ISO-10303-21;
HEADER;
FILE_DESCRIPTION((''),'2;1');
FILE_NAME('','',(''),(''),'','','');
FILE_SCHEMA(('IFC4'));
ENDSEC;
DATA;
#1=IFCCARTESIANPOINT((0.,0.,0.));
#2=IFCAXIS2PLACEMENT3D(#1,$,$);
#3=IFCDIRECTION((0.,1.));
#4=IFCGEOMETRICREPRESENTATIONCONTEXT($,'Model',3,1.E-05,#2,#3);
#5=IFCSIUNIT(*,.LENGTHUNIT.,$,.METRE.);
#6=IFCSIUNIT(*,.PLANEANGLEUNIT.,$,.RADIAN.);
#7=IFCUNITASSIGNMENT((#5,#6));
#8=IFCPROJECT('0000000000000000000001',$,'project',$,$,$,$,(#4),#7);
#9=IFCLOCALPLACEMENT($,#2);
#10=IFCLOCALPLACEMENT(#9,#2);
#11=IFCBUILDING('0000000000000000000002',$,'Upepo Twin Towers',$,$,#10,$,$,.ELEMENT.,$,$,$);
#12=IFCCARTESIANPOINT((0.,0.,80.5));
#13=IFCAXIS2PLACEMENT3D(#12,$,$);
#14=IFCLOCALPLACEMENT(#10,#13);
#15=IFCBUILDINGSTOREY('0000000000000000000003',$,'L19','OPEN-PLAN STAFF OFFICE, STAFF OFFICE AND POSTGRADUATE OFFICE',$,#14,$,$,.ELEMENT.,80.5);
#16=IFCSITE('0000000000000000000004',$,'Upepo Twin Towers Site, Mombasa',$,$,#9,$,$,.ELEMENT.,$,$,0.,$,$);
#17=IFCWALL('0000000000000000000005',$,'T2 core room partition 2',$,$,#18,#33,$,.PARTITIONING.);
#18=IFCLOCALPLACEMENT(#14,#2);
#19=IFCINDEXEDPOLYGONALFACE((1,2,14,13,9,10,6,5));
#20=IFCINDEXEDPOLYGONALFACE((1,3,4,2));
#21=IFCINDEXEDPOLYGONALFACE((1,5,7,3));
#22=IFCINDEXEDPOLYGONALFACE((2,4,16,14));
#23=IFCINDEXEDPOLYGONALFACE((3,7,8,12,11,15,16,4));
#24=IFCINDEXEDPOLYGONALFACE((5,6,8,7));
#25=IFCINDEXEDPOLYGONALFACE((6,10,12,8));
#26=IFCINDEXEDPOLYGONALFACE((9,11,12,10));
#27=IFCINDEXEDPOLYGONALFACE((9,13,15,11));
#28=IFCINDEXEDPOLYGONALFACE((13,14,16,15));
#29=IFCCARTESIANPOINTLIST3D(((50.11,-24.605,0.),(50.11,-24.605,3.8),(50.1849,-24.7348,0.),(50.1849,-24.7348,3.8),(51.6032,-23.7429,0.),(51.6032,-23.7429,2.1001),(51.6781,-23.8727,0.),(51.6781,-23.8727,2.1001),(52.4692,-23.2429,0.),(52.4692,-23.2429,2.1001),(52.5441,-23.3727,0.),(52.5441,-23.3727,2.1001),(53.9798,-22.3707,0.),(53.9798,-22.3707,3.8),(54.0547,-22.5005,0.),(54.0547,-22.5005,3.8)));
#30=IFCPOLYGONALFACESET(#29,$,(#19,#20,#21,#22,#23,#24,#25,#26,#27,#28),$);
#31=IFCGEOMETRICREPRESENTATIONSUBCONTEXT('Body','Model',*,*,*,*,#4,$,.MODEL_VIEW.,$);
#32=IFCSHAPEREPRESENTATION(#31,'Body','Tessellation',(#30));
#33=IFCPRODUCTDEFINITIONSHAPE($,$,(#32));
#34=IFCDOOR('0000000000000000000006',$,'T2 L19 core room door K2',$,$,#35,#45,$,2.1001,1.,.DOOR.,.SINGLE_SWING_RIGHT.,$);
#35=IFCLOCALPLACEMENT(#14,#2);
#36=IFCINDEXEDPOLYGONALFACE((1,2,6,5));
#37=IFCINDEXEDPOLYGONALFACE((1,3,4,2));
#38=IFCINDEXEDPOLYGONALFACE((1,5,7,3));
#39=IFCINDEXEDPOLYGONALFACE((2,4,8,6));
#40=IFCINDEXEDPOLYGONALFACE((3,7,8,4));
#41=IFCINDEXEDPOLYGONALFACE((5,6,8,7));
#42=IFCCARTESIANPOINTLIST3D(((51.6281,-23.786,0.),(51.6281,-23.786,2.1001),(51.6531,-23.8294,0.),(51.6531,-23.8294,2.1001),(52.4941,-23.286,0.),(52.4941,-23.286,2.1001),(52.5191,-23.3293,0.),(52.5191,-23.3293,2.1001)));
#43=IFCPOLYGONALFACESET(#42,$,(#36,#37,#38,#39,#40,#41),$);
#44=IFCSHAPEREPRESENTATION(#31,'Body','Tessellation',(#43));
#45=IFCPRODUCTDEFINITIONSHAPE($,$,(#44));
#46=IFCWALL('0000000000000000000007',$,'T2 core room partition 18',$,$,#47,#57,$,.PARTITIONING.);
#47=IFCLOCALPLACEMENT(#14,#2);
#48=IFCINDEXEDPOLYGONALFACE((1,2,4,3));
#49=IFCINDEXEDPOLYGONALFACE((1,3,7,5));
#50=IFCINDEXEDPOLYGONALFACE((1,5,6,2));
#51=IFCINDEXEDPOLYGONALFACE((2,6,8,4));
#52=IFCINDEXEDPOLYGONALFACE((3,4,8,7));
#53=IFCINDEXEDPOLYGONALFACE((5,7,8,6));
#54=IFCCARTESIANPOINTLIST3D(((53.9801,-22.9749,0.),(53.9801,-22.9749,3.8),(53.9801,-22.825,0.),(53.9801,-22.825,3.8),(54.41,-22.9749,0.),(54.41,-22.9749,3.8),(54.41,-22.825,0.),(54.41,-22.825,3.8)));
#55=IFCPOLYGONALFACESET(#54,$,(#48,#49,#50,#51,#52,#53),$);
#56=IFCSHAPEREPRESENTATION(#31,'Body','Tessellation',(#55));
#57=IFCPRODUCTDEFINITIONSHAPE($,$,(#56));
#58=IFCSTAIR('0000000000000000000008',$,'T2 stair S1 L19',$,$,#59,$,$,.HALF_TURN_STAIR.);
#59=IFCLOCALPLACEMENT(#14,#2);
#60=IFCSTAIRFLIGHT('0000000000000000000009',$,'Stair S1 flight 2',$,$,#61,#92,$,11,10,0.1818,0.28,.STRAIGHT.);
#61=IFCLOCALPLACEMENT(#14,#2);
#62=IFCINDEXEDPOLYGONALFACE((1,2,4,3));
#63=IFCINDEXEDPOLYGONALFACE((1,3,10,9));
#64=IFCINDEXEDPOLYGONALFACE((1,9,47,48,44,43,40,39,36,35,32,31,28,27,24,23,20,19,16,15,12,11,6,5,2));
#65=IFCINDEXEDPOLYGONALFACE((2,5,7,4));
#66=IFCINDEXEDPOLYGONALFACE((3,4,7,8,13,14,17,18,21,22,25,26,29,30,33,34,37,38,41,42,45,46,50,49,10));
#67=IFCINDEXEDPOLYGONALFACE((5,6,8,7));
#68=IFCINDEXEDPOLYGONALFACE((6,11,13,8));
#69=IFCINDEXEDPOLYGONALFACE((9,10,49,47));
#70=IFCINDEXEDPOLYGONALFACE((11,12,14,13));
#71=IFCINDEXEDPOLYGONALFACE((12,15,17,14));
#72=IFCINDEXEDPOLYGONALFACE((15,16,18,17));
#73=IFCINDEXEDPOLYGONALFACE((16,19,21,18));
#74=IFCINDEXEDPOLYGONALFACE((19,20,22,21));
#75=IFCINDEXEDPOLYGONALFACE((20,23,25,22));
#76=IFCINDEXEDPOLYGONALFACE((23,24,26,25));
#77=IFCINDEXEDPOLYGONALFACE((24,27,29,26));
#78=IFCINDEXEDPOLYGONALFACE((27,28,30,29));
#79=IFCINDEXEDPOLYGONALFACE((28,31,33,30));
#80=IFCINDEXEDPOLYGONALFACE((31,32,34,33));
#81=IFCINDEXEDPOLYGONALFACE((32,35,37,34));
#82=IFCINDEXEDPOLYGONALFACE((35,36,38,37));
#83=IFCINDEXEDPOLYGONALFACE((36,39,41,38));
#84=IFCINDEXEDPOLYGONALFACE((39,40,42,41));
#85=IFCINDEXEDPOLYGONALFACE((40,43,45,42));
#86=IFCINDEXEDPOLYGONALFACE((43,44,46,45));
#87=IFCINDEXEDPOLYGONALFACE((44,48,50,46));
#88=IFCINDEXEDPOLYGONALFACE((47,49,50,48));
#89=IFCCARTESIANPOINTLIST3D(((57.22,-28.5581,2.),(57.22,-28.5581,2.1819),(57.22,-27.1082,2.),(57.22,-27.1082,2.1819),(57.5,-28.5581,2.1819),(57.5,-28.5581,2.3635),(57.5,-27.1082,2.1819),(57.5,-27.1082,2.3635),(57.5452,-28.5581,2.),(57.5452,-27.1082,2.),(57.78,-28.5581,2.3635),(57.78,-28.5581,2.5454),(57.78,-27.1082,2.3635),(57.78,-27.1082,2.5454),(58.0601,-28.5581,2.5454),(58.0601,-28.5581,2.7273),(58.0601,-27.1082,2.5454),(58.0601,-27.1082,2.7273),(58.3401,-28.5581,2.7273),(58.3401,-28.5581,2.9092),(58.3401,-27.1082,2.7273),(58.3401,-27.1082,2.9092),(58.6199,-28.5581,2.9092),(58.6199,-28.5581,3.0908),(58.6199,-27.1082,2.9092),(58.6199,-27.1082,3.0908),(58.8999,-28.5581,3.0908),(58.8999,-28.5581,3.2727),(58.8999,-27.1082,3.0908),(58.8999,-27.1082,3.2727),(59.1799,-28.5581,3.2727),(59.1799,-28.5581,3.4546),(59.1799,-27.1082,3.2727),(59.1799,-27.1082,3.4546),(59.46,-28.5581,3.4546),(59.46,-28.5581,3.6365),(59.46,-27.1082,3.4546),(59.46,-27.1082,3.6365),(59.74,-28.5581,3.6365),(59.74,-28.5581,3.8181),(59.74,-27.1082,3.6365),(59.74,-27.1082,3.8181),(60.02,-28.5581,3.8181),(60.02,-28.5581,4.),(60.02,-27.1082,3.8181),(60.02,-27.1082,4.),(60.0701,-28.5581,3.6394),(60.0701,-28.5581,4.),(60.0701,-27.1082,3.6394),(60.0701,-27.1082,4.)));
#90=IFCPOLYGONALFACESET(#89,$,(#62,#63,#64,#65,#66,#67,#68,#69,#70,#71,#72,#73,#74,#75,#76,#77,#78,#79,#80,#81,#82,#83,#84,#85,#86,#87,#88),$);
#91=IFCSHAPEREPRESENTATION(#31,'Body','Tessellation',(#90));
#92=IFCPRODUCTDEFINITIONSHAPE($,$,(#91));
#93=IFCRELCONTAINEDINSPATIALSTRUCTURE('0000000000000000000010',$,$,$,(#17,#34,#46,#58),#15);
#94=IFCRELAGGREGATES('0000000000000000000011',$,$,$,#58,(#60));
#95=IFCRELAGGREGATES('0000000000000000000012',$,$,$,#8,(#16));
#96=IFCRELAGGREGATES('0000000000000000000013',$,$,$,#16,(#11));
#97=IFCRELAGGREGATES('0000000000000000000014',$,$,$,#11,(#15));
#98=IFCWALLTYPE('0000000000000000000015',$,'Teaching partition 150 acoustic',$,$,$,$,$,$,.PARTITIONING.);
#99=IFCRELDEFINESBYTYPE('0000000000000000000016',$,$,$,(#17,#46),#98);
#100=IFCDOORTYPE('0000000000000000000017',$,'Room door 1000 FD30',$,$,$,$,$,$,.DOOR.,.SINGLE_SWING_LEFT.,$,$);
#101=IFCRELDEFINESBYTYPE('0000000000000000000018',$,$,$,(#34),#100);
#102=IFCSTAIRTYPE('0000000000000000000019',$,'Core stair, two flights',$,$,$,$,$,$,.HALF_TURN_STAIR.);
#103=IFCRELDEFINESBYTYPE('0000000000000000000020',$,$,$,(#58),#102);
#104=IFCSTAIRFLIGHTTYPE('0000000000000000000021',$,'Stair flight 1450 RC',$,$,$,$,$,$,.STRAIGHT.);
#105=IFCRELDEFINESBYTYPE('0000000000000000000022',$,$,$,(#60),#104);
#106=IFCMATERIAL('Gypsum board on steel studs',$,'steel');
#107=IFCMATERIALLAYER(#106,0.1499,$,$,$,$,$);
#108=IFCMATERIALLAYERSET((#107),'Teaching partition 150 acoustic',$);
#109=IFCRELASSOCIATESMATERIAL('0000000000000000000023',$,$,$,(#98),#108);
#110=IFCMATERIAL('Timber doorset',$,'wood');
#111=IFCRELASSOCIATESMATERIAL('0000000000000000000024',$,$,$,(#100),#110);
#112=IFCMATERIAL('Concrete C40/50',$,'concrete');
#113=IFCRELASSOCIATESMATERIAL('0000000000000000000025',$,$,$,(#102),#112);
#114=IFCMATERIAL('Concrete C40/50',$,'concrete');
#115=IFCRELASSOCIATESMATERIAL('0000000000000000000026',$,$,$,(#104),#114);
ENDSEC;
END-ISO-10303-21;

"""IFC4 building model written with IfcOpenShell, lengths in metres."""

from ifc_helpers import new_model, si_unit, direction, frame, frame_2d, origin, place, context, subcontext, project, spatial, polyline, rectangle, outline, extrude, material, layer, layer_set, type_object, element, fill, aggregate, save


model = new_model("IFC4")

# Units and contexts
model_context = context("Model", 3, precision=1e-05, world=origin(), true_north=direction((0.0, 1.0)))
body_context = subcontext(model_context, "Body", "Model", "MODEL_VIEW")
ifc_project = project(units=[si_unit("LENGTHUNIT", "METRE"), si_unit("PLANEANGLEUNIT", "RADIAN")], contexts=[model_context])

# Site, building, storey
site_placement = place(None, origin())
site = spatial("IfcSite", under=ifc_project, at=site_placement, Name="Upepo Twin Towers Site, Mombasa", CompositionType="ELEMENT", RefElevation=0.0)
building_placement = place(site_placement, origin())
building = spatial("IfcBuilding", under=site, at=building_placement, Name="Upepo Twin Towers", CompositionType="ELEMENT")
storey_placement = place(building_placement, frame((0.0, 0.0, 80.5)))
storey = spatial("IfcBuildingStorey", under=building, at=storey_placement, Name="L19", Description="OPEN-PLAN STAFF OFFICE, STAFF OFFICE AND POSTGRADUATE OFFICE", CompositionType="ELEMENT", Elevation=80.5)

# Shared definitions
ifc_material_1 = material(Name="Gypsum board on steel studs", Category="steel")
ifc_layer_1 = layer(ifc_material_1, 0.1499)
ifc_layer_set_1 = layer_set([ifc_layer_1], Name="Teaching partition 150 acoustic")
wall_type_1 = type_object("IfcWallType", Name="Teaching partition 150 acoustic", PredefinedType="PARTITIONING", material=ifc_layer_set_1)

# Wall, opening, door
wall_1_placement = place(storey_placement, frame((54.0173, -22.4355, 0.0), z_axis=(0.0, 0.0, 1.0), x_axis=(-0.866015, -0.500017, 0.0)))
wall_1 = element("IfcWall", 1, at=wall_1_placement, inside=storey, type_object=wall_type_1, Name="T2 core room partition 2", PredefinedType="PARTITIONING", context=body_context, shape_type="SweptSolid", body=[
    extrude(rectangle(XDim=4.4685, YDim=0.1499, at=frame_2d((2.2344, 0.0))), origin(), (0.0, 0.0, 1.0), 3.8),
])
opening_1_placement = place(wall_1_placement, frame((1.7444, 0.0, 0.0)))
opening_1 = element("IfcOpeningElement", 2, at=opening_1_placement, cuts=wall_1, PredefinedType="OPENING", context=body_context, shape_type="SweptSolid", body=[
    extrude(rectangle(XDim=1.0, YDim=2.1001, at=frame_2d((0.5, 1.05))), frame((0.0, 0.085, 0.0), z_axis=(0.0, -1.0, 0.0), x_axis=(1.0, 0.0, 0.0)), (0.0, 0.0, 1.0), 0.1699),
])
ifc_material_2 = material(Name="Timber doorset", Category="wood")
door_type_1 = type_object("IfcDoorType", Name="Room door 1000 FD30", OperationType="SINGLE_SWING_LEFT", PredefinedType="DOOR", material=ifc_material_2)
door_1_placement = place(opening_1_placement, origin())
door_1 = element("IfcDoor", 3, at=door_1_placement, inside=storey, type_object=door_type_1, Name="T2 L19 core room door K2", OperationType="SINGLE_SWING_RIGHT", OverallHeight=2.1001, OverallWidth=1.0, PredefinedType="DOOR", context=body_context, shape_type="SweptSolid", body=[
    extrude(rectangle(XDim=1.0, YDim=2.1001, at=frame_2d((0.5, 1.05))), frame((0.0, 0.0249, 0.0), z_axis=(0.0, -1.0, 0.0), x_axis=(1.0, 0.0, 0.0)), (0.0, 0.0, 1.0), 0.05),
])
fill(opening_1, door_1)

# Wall
wall_2_placement = place(storey_placement, frame((54.4099, -22.8999, 0.0), z_axis=(0.0, 0.0, 1.0), x_axis=(-1.0, 0.0, 0.0)))
element("IfcWall", 4, at=wall_2_placement, inside=storey, type_object=wall_type_1, Name="T2 core room partition 18", PredefinedType="PARTITIONING", context=body_context, shape_type="SweptSolid", body=[
    extrude(rectangle(XDim=0.4299, YDim=0.1499, at=frame_2d((0.2148, 0.0))), origin(), (0.0, 0.0, 1.0), 3.8),
])

# Stair, stair flight
ifc_material_3 = material(Name="Concrete C40/50", Category="concrete")
stair_type = type_object("IfcStairType", Name="Core stair, two flights", PredefinedType="HALF_TURN_STAIR", material=ifc_material_3)
stair_placement = place(storey_placement, origin())
stair = element("IfcStair", 5, at=stair_placement, inside=storey, type_object=stair_type, Name="T2 stair S1 L19", PredefinedType="HALF_TURN_STAIR")
ifc_material_4 = material(Name="Concrete C40/50", Category="concrete")
stair_flight_type = type_object("IfcStairFlightType", Name="Stair flight 1450 RC", PredefinedType="STRAIGHT", material=ifc_material_4)
stair_flight_placement = place(storey_placement, frame((57.22, -27.8333, 2.0), z_axis=(0.0, 0.0, 1.0), x_axis=(1.0, 0.0, 0.0)))
stair_flight = element("IfcStairFlight", 6, at=stair_flight_placement, type_object=stair_flight_type, Name="Stair S1 flight 2", NumberOfRisers=11, NumberOfTreads=10, PredefinedType="STRAIGHT", RiserHeight=0.1818, TreadLength=0.28, context=body_context, shape_type="SweptSolid", body=[
    extrude(outline(polyline([(0.0, 0.0), (0.0, 0.1819), (0.28, 0.1819), (0.28, 0.3635), (0.5601, 0.3635), (0.5601, 0.5454), (0.8401, 0.5454), (0.8401, 0.7273), (1.1201, 0.7273), (1.1201, 0.9092), (1.3999, 0.9092), (1.3999, 1.0908), (1.6799, 1.0908), (1.6799, 1.2727), (1.96, 1.2727), (1.96, 1.4546), (2.24, 1.4546), (2.24, 1.6365), (2.52, 1.6365), (2.52, 1.8181), (2.8, 1.8181), (2.8, 2.0), (2.8501, 2.0), (2.8501, 1.6394), (0.3252, 0.0), (0.0, 0.0)])), frame((0.0, 0.7251, 0.0), z_axis=(0.0, -1.0, 0.0), x_axis=(1.0, 0.0, 0.0)), (0.0, 0.0, 1.0), 1.45),
])
aggregate(stair, [stair_flight])

save(model, "model.ifc")
